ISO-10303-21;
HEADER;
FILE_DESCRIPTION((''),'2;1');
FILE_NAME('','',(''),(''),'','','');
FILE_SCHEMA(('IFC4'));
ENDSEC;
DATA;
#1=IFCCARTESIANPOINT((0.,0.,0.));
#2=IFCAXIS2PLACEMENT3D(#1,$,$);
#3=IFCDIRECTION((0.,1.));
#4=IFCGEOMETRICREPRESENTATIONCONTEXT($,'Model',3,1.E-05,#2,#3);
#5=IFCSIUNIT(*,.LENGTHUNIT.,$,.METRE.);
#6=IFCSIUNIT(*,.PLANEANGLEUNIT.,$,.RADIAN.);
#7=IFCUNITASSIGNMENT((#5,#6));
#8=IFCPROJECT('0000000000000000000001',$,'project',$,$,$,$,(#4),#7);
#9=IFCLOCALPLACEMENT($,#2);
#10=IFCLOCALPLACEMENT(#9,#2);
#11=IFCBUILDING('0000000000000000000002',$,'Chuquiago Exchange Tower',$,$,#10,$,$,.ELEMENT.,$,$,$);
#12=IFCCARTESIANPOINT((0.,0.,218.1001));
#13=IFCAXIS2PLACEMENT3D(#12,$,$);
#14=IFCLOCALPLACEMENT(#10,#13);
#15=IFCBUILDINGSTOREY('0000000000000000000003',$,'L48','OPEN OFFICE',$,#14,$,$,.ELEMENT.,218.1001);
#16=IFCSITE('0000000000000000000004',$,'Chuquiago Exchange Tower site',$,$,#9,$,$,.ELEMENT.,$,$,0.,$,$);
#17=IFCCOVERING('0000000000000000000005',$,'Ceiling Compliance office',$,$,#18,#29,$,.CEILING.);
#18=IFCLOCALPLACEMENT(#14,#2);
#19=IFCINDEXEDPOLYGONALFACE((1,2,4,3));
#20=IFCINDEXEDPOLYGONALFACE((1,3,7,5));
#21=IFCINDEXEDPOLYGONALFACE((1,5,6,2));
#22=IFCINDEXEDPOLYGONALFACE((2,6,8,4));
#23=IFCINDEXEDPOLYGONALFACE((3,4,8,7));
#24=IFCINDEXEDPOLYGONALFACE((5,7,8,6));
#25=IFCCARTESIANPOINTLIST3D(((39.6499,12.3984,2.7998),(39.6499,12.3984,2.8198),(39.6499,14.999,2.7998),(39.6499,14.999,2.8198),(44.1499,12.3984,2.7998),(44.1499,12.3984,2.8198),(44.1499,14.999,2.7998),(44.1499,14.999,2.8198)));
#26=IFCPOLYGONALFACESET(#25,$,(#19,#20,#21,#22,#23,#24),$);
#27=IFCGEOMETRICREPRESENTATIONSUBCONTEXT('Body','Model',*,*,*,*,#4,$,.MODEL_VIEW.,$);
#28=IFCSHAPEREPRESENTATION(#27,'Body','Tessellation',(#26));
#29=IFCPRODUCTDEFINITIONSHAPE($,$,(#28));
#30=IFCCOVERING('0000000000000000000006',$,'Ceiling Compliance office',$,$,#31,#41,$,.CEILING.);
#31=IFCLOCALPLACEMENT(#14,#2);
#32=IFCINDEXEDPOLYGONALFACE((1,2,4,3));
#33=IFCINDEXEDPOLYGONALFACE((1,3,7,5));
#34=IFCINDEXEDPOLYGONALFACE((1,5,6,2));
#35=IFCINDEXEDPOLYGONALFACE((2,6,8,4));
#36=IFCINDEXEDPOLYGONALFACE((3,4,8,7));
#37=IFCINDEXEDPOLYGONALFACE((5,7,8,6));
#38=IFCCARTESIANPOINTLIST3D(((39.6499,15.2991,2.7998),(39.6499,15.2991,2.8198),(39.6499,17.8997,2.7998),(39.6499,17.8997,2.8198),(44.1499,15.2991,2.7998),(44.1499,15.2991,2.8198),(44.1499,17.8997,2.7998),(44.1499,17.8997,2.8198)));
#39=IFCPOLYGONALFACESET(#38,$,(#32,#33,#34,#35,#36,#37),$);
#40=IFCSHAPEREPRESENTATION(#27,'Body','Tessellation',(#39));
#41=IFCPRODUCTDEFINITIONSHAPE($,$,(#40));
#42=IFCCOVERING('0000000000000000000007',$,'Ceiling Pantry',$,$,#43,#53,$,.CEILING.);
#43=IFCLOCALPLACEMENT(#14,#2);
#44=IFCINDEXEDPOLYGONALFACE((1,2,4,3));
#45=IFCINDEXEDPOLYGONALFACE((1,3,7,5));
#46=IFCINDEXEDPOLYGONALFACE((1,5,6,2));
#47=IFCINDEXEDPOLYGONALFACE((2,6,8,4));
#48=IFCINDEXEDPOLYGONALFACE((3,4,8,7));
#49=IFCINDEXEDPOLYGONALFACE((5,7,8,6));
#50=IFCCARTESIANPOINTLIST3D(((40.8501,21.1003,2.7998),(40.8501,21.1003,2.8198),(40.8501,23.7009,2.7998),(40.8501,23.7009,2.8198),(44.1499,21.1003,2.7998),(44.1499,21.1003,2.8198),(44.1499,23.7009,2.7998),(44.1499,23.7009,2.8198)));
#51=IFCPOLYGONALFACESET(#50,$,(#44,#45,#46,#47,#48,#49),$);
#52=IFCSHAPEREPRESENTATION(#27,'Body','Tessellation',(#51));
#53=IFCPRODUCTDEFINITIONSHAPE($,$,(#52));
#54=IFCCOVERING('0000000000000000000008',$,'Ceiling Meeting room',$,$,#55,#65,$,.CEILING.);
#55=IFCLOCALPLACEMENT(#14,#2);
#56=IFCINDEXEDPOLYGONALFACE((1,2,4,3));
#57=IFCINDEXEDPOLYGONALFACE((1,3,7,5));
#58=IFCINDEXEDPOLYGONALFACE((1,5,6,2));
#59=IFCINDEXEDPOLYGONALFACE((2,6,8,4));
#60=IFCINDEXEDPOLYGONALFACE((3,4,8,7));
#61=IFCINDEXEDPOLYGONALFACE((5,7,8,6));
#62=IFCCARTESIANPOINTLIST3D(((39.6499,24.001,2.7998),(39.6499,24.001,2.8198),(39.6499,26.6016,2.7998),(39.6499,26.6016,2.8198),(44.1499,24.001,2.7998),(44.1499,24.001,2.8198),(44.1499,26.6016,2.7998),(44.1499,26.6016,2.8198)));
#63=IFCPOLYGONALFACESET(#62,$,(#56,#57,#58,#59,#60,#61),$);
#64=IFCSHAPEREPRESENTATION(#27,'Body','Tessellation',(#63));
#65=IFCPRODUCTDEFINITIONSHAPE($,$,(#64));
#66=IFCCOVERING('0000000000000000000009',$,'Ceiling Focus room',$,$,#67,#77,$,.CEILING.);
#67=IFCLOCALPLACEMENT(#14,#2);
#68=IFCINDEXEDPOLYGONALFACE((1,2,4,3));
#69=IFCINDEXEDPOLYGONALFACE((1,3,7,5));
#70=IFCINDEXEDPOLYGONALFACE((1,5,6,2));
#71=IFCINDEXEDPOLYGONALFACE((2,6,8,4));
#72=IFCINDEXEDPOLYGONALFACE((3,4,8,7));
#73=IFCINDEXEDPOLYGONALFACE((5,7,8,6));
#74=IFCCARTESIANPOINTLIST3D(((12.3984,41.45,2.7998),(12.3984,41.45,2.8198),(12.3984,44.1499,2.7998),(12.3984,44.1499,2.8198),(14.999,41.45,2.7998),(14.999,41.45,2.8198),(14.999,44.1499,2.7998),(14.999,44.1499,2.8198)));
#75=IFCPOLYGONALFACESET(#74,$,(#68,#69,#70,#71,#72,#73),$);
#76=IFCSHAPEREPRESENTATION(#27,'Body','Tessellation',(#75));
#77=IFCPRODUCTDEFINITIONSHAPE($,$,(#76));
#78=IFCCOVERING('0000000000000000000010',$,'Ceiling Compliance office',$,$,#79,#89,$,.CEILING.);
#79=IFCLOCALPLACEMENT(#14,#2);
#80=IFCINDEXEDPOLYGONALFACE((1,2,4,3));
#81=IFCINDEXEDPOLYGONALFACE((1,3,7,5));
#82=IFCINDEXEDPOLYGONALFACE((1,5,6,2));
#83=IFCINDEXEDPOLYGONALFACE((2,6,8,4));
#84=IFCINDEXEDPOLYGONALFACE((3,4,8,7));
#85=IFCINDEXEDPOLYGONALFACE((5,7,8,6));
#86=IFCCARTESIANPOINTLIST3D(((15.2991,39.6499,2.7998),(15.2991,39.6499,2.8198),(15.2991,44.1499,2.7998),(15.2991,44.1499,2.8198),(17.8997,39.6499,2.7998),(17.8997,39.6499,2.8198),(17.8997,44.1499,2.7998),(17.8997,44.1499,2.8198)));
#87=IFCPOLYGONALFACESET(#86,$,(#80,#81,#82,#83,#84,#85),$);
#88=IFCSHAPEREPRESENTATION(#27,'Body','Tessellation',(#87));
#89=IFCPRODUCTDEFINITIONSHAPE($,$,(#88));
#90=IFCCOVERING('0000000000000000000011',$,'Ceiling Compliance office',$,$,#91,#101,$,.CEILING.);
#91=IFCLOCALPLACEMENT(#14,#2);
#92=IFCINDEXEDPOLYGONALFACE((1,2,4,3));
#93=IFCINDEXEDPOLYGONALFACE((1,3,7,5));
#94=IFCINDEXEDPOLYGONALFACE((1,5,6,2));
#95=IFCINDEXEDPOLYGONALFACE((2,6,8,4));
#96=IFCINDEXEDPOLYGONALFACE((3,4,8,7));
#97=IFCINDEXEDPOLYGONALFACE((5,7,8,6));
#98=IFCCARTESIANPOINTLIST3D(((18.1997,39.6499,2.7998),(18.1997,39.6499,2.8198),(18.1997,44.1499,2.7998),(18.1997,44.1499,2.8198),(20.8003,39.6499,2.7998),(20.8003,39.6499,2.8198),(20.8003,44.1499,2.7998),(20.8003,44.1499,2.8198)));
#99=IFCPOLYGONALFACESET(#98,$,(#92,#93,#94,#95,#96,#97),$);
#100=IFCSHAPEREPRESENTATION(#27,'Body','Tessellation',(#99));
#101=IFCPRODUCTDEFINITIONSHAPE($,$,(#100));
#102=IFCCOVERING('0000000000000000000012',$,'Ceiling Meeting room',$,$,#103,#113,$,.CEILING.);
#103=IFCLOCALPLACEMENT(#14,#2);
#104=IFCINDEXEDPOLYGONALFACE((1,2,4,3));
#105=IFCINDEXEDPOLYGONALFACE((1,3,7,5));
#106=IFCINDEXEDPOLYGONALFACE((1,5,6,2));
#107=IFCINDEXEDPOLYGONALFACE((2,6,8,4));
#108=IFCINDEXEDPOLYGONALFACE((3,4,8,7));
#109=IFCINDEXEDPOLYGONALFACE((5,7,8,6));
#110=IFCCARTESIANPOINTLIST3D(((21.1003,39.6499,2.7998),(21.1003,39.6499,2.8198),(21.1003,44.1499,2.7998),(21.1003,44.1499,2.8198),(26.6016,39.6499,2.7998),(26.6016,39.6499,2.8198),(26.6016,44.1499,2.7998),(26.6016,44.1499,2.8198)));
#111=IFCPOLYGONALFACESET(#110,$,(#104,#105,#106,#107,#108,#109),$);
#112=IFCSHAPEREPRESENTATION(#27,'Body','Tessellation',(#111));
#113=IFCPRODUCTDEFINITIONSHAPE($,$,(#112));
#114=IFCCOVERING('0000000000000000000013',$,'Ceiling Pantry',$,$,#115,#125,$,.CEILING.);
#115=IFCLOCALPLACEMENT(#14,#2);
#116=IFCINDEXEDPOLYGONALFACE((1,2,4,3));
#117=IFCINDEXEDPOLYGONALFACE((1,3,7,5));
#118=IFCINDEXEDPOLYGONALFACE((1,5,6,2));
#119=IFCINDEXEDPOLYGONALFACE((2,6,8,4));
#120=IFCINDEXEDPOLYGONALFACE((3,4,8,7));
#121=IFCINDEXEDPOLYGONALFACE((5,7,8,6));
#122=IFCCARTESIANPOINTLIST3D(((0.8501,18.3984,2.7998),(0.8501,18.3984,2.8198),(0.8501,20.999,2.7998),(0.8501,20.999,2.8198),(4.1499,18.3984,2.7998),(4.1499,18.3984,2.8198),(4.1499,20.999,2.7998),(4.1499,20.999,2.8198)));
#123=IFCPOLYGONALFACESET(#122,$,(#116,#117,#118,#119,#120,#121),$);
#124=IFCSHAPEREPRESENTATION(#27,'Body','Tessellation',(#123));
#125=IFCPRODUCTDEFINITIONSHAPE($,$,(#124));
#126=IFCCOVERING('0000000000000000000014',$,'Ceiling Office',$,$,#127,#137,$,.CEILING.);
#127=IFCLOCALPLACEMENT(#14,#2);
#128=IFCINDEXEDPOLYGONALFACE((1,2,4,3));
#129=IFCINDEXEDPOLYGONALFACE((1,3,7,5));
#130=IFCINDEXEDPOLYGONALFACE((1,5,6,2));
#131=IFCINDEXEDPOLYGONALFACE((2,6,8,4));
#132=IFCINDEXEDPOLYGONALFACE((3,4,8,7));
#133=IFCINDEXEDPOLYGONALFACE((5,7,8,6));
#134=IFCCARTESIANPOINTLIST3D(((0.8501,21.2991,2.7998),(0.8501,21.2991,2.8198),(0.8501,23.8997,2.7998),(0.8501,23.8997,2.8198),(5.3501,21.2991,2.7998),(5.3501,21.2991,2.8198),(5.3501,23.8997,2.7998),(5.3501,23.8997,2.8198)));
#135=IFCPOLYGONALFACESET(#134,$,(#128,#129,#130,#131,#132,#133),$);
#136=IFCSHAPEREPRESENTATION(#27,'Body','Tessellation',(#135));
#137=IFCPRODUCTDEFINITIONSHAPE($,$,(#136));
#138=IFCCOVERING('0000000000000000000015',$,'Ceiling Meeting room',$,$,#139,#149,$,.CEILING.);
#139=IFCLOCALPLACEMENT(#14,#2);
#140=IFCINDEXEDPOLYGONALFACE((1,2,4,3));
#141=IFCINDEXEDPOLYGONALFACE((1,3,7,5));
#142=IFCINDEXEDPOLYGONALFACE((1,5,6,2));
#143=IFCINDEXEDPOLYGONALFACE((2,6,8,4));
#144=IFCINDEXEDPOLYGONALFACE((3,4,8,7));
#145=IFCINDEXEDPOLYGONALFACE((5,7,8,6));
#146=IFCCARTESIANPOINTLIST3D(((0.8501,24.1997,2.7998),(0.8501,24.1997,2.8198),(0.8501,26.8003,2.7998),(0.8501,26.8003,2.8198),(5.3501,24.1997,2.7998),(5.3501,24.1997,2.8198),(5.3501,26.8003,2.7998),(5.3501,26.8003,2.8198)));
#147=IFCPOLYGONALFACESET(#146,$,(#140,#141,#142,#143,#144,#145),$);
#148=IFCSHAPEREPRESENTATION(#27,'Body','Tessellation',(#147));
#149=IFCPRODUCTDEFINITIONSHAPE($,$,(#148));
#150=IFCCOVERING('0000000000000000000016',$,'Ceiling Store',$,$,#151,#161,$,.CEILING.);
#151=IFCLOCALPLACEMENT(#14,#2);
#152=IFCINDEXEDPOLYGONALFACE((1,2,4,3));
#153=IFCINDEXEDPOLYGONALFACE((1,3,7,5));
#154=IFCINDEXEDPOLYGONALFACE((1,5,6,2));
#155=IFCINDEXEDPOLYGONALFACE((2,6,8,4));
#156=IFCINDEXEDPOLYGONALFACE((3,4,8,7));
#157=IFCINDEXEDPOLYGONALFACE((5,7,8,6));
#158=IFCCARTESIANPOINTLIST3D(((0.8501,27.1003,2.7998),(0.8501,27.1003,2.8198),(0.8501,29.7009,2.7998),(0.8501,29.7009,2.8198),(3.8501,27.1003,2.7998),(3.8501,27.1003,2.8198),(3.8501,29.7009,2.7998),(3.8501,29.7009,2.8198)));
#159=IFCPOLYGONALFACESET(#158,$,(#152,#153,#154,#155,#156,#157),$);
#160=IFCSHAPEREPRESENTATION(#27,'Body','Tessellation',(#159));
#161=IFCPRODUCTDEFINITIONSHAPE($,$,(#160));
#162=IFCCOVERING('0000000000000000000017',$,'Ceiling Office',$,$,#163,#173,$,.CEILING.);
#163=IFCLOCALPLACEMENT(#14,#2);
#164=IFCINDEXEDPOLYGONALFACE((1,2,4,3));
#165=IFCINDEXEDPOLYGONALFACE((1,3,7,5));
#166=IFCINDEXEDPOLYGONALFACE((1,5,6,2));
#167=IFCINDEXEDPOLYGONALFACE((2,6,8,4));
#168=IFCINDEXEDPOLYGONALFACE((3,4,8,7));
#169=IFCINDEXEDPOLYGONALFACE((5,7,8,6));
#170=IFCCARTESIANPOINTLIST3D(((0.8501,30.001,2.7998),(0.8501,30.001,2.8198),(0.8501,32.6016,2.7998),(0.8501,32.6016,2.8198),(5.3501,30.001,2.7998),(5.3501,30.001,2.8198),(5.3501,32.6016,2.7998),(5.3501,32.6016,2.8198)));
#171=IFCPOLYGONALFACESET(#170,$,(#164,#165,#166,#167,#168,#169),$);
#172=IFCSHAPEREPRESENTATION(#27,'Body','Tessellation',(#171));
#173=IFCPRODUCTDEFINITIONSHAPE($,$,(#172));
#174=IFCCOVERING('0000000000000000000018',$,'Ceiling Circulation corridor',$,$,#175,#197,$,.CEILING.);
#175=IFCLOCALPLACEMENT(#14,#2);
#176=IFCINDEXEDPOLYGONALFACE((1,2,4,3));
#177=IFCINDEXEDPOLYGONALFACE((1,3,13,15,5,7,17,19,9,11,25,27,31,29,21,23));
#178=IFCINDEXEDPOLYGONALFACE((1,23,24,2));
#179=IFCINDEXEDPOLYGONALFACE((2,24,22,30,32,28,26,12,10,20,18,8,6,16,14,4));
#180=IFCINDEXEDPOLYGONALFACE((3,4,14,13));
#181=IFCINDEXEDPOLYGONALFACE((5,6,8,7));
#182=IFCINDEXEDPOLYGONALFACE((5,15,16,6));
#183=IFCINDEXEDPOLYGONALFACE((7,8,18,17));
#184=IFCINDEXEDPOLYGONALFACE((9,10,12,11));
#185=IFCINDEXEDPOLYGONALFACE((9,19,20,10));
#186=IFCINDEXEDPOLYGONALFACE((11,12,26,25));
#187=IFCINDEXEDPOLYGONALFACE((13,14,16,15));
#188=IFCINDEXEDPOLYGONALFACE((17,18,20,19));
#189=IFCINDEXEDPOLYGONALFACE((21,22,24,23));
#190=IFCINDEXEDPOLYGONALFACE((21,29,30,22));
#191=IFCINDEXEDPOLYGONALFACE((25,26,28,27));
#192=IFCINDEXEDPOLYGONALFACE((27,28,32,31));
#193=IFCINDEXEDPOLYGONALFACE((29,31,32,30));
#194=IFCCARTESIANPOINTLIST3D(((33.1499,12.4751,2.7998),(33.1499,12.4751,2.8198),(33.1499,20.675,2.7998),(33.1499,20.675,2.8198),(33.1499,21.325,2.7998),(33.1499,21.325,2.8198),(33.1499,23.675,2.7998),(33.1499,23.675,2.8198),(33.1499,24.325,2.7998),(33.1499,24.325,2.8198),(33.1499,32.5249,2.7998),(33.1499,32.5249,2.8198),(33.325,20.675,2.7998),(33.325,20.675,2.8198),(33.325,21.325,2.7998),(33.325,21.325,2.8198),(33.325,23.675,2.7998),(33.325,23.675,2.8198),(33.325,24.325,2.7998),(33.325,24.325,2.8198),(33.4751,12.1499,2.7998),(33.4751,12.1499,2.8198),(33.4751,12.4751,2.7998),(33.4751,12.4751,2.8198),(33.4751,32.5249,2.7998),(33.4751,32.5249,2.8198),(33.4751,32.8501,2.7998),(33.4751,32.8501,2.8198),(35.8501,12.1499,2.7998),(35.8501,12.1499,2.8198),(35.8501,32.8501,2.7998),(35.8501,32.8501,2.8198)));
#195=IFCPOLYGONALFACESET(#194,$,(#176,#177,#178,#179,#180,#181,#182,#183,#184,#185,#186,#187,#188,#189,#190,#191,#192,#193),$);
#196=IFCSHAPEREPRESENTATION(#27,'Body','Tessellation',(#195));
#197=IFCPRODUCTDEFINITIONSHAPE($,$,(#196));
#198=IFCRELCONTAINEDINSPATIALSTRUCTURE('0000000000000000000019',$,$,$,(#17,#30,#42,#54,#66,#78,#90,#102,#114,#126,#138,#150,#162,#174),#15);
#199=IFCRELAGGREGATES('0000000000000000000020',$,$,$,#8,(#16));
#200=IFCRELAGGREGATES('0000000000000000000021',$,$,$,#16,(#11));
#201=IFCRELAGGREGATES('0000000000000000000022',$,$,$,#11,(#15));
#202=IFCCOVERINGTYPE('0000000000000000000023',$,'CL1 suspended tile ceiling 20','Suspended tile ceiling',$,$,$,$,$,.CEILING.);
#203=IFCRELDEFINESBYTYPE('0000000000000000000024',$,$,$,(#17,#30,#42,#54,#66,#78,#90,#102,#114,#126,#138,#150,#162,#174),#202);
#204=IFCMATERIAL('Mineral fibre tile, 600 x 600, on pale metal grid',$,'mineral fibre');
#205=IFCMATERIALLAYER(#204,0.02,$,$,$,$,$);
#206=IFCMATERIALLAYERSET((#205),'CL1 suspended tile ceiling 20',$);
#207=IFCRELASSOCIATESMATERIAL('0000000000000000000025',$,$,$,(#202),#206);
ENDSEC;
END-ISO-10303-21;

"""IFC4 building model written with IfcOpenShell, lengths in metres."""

from ifc_helpers import new_model, si_unit, direction, frame, origin, place, context, subcontext, project, spatial, polyline, outline, extrude, material, layer, layer_set, type_object, element, save


model = new_model("IFC4")

# Units and contexts
model_context = context("Model", 3, precision=1e-05, world=origin(), true_north=direction((0.0, 1.0)))
body_context = subcontext(model_context, "Body", "Model", "MODEL_VIEW")
ifc_project = project(units=[si_unit("LENGTHUNIT", "METRE"), si_unit("PLANEANGLEUNIT", "RADIAN")], contexts=[model_context])

# Site, building, storey
site_placement = place(None, origin())
site = spatial("IfcSite", under=ifc_project, at=site_placement, Name="Chuquiago Exchange Tower site", CompositionType="ELEMENT", RefElevation=0.0)
building_placement = place(site_placement, origin())
building = spatial("IfcBuilding", under=site, at=building_placement, Name="Chuquiago Exchange Tower", CompositionType="ELEMENT")
storey_placement = place(building_placement, frame((0.0, 0.0, 218.1001)))
storey = spatial("IfcBuildingStorey", under=building, at=storey_placement, Name="L48", Description="OPEN OFFICE", CompositionType="ELEMENT", Elevation=218.1001)

# Coverings
ifc_material_1 = material(Name="Mineral fibre tile, 600 x 600, on pale metal grid", Category="mineral fibre")
ifc_layer_1 = layer(ifc_material_1, 0.02)
ifc_layer_set_1 = layer_set([ifc_layer_1], Name="CL1 suspended tile ceiling 20")
covering_type_1 = type_object("IfcCoveringType", Name="CL1 suspended tile ceiling 20", Description="Suspended tile ceiling", PredefinedType="CEILING", material=ifc_layer_set_1)
covering_1_placement = place(storey_placement, frame((0.0, 0.0, 2.7998)))
element("IfcCovering", 1, at=covering_1_placement, inside=storey, type_object=covering_type_1, Name="Ceiling Compliance office", PredefinedType="CEILING", context=body_context, shape_type="SweptSolid", body=[
    extrude(outline(polyline([(39.6499, 12.3984), (39.6499, 14.999), (44.1499, 14.999), (44.1499, 12.3984), (39.6499, 12.3984)])), origin(), (0.0, 0.0, 1.0), 0.02),
])
covering_2_placement = place(storey_placement, frame((0.0, 0.0, 2.7998)))
element("IfcCovering", 2, at=covering_2_placement, inside=storey, type_object=covering_type_1, Name="Ceiling Compliance office", PredefinedType="CEILING", context=body_context, shape_type="SweptSolid", body=[
    extrude(outline(polyline([(39.6499, 15.2991), (39.6499, 17.8997), (44.1499, 17.8997), (44.1499, 15.2991), (39.6499, 15.2991)])), origin(), (0.0, 0.0, 1.0), 0.02),
])
covering_3_placement = place(storey_placement, frame((0.0, 0.0, 2.7998)))
element("IfcCovering", 3, at=covering_3_placement, inside=storey, type_object=covering_type_1, Name="Ceiling Pantry", PredefinedType="CEILING", context=body_context, shape_type="SweptSolid", body=[
    extrude(outline(polyline([(40.8501, 21.1003), (40.8501, 23.7009), (44.1499, 23.7009), (44.1499, 21.1003), (40.8501, 21.1003)])), origin(), (0.0, 0.0, 1.0), 0.02),
])
covering_4_placement = place(storey_placement, frame((0.0, 0.0, 2.7998)))
element("IfcCovering", 4, at=covering_4_placement, inside=storey, type_object=covering_type_1, Name="Ceiling Meeting room", PredefinedType="CEILING", context=body_context, shape_type="SweptSolid", body=[
    extrude(outline(polyline([(44.1499, 24.001), (39.6499, 24.001), (39.6499, 26.6016), (44.1499, 26.6016), (44.1499, 24.001)])), origin(), (0.0, 0.0, 1.0), 0.02),
])
covering_5_placement = place(storey_placement, frame((0.0, 0.0, 2.7998)))
element("IfcCovering", 5, at=covering_5_placement, inside=storey, type_object=covering_type_1, Name="Ceiling Focus room", PredefinedType="CEILING", context=body_context, shape_type="SweptSolid", body=[
    extrude(outline(polyline([(14.999, 44.1499), (14.999, 41.45), (12.3984, 41.45), (12.3984, 44.1499), (14.999, 44.1499)])), origin(), (0.0, 0.0, 1.0), 0.02),
])
covering_6_placement = place(storey_placement, frame((0.0, 0.0, 2.7998)))
element("IfcCovering", 6, at=covering_6_placement, inside=storey, type_object=covering_type_1, Name="Ceiling Compliance office", PredefinedType="CEILING", context=body_context, shape_type="SweptSolid", body=[
    extrude(outline(polyline([(17.8997, 39.6499), (15.2991, 39.6499), (15.2991, 44.1499), (17.8997, 44.1499), (17.8997, 39.6499)])), origin(), (0.0, 0.0, 1.0), 0.02),
])
covering_7_placement = place(storey_placement, frame((0.0, 0.0, 2.7998)))
element("IfcCovering", 7, at=covering_7_placement, inside=storey, type_object=covering_type_1, Name="Ceiling Compliance office", PredefinedType="CEILING", context=body_context, shape_type="SweptSolid", body=[
    extrude(outline(polyline([(20.8003, 39.6499), (18.1997, 39.6499), (18.1997, 44.1499), (20.8003, 44.1499), (20.8003, 39.6499)])), origin(), (0.0, 0.0, 1.0), 0.02),
])
covering_8_placement = place(storey_placement, frame((0.0, 0.0, 2.7998)))
element("IfcCovering", 8, at=covering_8_placement, inside=storey, type_object=covering_type_1, Name="Ceiling Meeting room", PredefinedType="CEILING", context=body_context, shape_type="SweptSolid", body=[
    extrude(outline(polyline([(26.6016, 39.6499), (21.1003, 39.6499), (21.1003, 44.1499), (26.6016, 44.1499), (26.6016, 39.6499)])), origin(), (0.0, 0.0, 1.0), 0.02),
])
covering_9_placement = place(storey_placement, frame((0.0, 0.0, 2.7998)))
element("IfcCovering", 9, at=covering_9_placement, inside=storey, type_object=covering_type_1, Name="Ceiling Pantry", PredefinedType="CEILING", context=body_context, shape_type="SweptSolid", body=[
    extrude(outline(polyline([(0.8501, 20.999), (4.1499, 20.999), (4.1499, 18.3984), (0.8501, 18.3984), (0.8501, 20.999)])), origin(), (0.0, 0.0, 1.0), 0.02),
])
covering_10_placement = place(storey_placement, frame((0.0, 0.0, 2.7998)))
element("IfcCovering", 10, at=covering_10_placement, inside=storey, type_object=covering_type_1, Name="Ceiling Office", PredefinedType="CEILING", context=body_context, shape_type="SweptSolid", body=[
    extrude(outline(polyline([(5.3501, 23.8997), (5.3501, 21.2991), (0.8501, 21.2991), (0.8501, 23.8997), (5.3501, 23.8997)])), origin(), (0.0, 0.0, 1.0), 0.02),
])
covering_11_placement = place(storey_placement, frame((0.0, 0.0, 2.7998)))
element("IfcCovering", 11, at=covering_11_placement, inside=storey, type_object=covering_type_1, Name="Ceiling Meeting room", PredefinedType="CEILING", context=body_context, shape_type="SweptSolid", body=[
    extrude(outline(polyline([(5.3501, 26.8003), (5.3501, 24.1997), (0.8501, 24.1997), (0.8501, 26.8003), (5.3501, 26.8003)])), origin(), (0.0, 0.0, 1.0), 0.02),
])
covering_12_placement = place(storey_placement, frame((0.0, 0.0, 2.7998)))
element("IfcCovering", 12, at=covering_12_placement, inside=storey, type_object=covering_type_1, Name="Ceiling Store", PredefinedType="CEILING", context=body_context, shape_type="SweptSolid", body=[
    extrude(outline(polyline([(3.8501, 29.7009), (3.8501, 27.1003), (0.8501, 27.1003), (0.8501, 29.7009), (3.8501, 29.7009)])), origin(), (0.0, 0.0, 1.0), 0.02),
])
covering_13_placement = place(storey_placement, frame((0.0, 0.0, 2.7998)))
element("IfcCovering", 13, at=covering_13_placement, inside=storey, type_object=covering_type_1, Name="Ceiling Office", PredefinedType="CEILING", context=body_context, shape_type="SweptSolid", body=[
    extrude(outline(polyline([(5.3501, 32.6016), (5.3501, 30.001), (0.8501, 30.001), (0.8501, 32.6016), (5.3501, 32.6016)])), origin(), (0.0, 0.0, 1.0), 0.02),
])
covering_14_placement = place(storey_placement, frame((0.0, 0.0, 2.7998)))
element("IfcCovering", 14, at=covering_14_placement, inside=storey, type_object=covering_type_1, Name="Ceiling Circulation corridor", PredefinedType="CEILING", context=body_context, shape_type="SweptSolid", body=[
    extrude(outline(polyline([(35.8501, 32.8501), (35.8501, 12.1499), (33.4751, 12.1499), (33.4751, 12.4751), (33.1499, 12.4751), (33.1499, 20.675), (33.325, 20.675), (33.325, 21.325), (33.1499, 21.325), (33.1499, 23.675), (33.325, 23.675), (33.325, 24.325), (33.1499, 24.325), (33.1499, 32.5249), (33.4751, 32.5249), (33.4751, 32.8501), (35.8501, 32.8501)])), origin(), (0.0, 0.0, 1.0), 0.02),
])

save(model, "model.ifc")
